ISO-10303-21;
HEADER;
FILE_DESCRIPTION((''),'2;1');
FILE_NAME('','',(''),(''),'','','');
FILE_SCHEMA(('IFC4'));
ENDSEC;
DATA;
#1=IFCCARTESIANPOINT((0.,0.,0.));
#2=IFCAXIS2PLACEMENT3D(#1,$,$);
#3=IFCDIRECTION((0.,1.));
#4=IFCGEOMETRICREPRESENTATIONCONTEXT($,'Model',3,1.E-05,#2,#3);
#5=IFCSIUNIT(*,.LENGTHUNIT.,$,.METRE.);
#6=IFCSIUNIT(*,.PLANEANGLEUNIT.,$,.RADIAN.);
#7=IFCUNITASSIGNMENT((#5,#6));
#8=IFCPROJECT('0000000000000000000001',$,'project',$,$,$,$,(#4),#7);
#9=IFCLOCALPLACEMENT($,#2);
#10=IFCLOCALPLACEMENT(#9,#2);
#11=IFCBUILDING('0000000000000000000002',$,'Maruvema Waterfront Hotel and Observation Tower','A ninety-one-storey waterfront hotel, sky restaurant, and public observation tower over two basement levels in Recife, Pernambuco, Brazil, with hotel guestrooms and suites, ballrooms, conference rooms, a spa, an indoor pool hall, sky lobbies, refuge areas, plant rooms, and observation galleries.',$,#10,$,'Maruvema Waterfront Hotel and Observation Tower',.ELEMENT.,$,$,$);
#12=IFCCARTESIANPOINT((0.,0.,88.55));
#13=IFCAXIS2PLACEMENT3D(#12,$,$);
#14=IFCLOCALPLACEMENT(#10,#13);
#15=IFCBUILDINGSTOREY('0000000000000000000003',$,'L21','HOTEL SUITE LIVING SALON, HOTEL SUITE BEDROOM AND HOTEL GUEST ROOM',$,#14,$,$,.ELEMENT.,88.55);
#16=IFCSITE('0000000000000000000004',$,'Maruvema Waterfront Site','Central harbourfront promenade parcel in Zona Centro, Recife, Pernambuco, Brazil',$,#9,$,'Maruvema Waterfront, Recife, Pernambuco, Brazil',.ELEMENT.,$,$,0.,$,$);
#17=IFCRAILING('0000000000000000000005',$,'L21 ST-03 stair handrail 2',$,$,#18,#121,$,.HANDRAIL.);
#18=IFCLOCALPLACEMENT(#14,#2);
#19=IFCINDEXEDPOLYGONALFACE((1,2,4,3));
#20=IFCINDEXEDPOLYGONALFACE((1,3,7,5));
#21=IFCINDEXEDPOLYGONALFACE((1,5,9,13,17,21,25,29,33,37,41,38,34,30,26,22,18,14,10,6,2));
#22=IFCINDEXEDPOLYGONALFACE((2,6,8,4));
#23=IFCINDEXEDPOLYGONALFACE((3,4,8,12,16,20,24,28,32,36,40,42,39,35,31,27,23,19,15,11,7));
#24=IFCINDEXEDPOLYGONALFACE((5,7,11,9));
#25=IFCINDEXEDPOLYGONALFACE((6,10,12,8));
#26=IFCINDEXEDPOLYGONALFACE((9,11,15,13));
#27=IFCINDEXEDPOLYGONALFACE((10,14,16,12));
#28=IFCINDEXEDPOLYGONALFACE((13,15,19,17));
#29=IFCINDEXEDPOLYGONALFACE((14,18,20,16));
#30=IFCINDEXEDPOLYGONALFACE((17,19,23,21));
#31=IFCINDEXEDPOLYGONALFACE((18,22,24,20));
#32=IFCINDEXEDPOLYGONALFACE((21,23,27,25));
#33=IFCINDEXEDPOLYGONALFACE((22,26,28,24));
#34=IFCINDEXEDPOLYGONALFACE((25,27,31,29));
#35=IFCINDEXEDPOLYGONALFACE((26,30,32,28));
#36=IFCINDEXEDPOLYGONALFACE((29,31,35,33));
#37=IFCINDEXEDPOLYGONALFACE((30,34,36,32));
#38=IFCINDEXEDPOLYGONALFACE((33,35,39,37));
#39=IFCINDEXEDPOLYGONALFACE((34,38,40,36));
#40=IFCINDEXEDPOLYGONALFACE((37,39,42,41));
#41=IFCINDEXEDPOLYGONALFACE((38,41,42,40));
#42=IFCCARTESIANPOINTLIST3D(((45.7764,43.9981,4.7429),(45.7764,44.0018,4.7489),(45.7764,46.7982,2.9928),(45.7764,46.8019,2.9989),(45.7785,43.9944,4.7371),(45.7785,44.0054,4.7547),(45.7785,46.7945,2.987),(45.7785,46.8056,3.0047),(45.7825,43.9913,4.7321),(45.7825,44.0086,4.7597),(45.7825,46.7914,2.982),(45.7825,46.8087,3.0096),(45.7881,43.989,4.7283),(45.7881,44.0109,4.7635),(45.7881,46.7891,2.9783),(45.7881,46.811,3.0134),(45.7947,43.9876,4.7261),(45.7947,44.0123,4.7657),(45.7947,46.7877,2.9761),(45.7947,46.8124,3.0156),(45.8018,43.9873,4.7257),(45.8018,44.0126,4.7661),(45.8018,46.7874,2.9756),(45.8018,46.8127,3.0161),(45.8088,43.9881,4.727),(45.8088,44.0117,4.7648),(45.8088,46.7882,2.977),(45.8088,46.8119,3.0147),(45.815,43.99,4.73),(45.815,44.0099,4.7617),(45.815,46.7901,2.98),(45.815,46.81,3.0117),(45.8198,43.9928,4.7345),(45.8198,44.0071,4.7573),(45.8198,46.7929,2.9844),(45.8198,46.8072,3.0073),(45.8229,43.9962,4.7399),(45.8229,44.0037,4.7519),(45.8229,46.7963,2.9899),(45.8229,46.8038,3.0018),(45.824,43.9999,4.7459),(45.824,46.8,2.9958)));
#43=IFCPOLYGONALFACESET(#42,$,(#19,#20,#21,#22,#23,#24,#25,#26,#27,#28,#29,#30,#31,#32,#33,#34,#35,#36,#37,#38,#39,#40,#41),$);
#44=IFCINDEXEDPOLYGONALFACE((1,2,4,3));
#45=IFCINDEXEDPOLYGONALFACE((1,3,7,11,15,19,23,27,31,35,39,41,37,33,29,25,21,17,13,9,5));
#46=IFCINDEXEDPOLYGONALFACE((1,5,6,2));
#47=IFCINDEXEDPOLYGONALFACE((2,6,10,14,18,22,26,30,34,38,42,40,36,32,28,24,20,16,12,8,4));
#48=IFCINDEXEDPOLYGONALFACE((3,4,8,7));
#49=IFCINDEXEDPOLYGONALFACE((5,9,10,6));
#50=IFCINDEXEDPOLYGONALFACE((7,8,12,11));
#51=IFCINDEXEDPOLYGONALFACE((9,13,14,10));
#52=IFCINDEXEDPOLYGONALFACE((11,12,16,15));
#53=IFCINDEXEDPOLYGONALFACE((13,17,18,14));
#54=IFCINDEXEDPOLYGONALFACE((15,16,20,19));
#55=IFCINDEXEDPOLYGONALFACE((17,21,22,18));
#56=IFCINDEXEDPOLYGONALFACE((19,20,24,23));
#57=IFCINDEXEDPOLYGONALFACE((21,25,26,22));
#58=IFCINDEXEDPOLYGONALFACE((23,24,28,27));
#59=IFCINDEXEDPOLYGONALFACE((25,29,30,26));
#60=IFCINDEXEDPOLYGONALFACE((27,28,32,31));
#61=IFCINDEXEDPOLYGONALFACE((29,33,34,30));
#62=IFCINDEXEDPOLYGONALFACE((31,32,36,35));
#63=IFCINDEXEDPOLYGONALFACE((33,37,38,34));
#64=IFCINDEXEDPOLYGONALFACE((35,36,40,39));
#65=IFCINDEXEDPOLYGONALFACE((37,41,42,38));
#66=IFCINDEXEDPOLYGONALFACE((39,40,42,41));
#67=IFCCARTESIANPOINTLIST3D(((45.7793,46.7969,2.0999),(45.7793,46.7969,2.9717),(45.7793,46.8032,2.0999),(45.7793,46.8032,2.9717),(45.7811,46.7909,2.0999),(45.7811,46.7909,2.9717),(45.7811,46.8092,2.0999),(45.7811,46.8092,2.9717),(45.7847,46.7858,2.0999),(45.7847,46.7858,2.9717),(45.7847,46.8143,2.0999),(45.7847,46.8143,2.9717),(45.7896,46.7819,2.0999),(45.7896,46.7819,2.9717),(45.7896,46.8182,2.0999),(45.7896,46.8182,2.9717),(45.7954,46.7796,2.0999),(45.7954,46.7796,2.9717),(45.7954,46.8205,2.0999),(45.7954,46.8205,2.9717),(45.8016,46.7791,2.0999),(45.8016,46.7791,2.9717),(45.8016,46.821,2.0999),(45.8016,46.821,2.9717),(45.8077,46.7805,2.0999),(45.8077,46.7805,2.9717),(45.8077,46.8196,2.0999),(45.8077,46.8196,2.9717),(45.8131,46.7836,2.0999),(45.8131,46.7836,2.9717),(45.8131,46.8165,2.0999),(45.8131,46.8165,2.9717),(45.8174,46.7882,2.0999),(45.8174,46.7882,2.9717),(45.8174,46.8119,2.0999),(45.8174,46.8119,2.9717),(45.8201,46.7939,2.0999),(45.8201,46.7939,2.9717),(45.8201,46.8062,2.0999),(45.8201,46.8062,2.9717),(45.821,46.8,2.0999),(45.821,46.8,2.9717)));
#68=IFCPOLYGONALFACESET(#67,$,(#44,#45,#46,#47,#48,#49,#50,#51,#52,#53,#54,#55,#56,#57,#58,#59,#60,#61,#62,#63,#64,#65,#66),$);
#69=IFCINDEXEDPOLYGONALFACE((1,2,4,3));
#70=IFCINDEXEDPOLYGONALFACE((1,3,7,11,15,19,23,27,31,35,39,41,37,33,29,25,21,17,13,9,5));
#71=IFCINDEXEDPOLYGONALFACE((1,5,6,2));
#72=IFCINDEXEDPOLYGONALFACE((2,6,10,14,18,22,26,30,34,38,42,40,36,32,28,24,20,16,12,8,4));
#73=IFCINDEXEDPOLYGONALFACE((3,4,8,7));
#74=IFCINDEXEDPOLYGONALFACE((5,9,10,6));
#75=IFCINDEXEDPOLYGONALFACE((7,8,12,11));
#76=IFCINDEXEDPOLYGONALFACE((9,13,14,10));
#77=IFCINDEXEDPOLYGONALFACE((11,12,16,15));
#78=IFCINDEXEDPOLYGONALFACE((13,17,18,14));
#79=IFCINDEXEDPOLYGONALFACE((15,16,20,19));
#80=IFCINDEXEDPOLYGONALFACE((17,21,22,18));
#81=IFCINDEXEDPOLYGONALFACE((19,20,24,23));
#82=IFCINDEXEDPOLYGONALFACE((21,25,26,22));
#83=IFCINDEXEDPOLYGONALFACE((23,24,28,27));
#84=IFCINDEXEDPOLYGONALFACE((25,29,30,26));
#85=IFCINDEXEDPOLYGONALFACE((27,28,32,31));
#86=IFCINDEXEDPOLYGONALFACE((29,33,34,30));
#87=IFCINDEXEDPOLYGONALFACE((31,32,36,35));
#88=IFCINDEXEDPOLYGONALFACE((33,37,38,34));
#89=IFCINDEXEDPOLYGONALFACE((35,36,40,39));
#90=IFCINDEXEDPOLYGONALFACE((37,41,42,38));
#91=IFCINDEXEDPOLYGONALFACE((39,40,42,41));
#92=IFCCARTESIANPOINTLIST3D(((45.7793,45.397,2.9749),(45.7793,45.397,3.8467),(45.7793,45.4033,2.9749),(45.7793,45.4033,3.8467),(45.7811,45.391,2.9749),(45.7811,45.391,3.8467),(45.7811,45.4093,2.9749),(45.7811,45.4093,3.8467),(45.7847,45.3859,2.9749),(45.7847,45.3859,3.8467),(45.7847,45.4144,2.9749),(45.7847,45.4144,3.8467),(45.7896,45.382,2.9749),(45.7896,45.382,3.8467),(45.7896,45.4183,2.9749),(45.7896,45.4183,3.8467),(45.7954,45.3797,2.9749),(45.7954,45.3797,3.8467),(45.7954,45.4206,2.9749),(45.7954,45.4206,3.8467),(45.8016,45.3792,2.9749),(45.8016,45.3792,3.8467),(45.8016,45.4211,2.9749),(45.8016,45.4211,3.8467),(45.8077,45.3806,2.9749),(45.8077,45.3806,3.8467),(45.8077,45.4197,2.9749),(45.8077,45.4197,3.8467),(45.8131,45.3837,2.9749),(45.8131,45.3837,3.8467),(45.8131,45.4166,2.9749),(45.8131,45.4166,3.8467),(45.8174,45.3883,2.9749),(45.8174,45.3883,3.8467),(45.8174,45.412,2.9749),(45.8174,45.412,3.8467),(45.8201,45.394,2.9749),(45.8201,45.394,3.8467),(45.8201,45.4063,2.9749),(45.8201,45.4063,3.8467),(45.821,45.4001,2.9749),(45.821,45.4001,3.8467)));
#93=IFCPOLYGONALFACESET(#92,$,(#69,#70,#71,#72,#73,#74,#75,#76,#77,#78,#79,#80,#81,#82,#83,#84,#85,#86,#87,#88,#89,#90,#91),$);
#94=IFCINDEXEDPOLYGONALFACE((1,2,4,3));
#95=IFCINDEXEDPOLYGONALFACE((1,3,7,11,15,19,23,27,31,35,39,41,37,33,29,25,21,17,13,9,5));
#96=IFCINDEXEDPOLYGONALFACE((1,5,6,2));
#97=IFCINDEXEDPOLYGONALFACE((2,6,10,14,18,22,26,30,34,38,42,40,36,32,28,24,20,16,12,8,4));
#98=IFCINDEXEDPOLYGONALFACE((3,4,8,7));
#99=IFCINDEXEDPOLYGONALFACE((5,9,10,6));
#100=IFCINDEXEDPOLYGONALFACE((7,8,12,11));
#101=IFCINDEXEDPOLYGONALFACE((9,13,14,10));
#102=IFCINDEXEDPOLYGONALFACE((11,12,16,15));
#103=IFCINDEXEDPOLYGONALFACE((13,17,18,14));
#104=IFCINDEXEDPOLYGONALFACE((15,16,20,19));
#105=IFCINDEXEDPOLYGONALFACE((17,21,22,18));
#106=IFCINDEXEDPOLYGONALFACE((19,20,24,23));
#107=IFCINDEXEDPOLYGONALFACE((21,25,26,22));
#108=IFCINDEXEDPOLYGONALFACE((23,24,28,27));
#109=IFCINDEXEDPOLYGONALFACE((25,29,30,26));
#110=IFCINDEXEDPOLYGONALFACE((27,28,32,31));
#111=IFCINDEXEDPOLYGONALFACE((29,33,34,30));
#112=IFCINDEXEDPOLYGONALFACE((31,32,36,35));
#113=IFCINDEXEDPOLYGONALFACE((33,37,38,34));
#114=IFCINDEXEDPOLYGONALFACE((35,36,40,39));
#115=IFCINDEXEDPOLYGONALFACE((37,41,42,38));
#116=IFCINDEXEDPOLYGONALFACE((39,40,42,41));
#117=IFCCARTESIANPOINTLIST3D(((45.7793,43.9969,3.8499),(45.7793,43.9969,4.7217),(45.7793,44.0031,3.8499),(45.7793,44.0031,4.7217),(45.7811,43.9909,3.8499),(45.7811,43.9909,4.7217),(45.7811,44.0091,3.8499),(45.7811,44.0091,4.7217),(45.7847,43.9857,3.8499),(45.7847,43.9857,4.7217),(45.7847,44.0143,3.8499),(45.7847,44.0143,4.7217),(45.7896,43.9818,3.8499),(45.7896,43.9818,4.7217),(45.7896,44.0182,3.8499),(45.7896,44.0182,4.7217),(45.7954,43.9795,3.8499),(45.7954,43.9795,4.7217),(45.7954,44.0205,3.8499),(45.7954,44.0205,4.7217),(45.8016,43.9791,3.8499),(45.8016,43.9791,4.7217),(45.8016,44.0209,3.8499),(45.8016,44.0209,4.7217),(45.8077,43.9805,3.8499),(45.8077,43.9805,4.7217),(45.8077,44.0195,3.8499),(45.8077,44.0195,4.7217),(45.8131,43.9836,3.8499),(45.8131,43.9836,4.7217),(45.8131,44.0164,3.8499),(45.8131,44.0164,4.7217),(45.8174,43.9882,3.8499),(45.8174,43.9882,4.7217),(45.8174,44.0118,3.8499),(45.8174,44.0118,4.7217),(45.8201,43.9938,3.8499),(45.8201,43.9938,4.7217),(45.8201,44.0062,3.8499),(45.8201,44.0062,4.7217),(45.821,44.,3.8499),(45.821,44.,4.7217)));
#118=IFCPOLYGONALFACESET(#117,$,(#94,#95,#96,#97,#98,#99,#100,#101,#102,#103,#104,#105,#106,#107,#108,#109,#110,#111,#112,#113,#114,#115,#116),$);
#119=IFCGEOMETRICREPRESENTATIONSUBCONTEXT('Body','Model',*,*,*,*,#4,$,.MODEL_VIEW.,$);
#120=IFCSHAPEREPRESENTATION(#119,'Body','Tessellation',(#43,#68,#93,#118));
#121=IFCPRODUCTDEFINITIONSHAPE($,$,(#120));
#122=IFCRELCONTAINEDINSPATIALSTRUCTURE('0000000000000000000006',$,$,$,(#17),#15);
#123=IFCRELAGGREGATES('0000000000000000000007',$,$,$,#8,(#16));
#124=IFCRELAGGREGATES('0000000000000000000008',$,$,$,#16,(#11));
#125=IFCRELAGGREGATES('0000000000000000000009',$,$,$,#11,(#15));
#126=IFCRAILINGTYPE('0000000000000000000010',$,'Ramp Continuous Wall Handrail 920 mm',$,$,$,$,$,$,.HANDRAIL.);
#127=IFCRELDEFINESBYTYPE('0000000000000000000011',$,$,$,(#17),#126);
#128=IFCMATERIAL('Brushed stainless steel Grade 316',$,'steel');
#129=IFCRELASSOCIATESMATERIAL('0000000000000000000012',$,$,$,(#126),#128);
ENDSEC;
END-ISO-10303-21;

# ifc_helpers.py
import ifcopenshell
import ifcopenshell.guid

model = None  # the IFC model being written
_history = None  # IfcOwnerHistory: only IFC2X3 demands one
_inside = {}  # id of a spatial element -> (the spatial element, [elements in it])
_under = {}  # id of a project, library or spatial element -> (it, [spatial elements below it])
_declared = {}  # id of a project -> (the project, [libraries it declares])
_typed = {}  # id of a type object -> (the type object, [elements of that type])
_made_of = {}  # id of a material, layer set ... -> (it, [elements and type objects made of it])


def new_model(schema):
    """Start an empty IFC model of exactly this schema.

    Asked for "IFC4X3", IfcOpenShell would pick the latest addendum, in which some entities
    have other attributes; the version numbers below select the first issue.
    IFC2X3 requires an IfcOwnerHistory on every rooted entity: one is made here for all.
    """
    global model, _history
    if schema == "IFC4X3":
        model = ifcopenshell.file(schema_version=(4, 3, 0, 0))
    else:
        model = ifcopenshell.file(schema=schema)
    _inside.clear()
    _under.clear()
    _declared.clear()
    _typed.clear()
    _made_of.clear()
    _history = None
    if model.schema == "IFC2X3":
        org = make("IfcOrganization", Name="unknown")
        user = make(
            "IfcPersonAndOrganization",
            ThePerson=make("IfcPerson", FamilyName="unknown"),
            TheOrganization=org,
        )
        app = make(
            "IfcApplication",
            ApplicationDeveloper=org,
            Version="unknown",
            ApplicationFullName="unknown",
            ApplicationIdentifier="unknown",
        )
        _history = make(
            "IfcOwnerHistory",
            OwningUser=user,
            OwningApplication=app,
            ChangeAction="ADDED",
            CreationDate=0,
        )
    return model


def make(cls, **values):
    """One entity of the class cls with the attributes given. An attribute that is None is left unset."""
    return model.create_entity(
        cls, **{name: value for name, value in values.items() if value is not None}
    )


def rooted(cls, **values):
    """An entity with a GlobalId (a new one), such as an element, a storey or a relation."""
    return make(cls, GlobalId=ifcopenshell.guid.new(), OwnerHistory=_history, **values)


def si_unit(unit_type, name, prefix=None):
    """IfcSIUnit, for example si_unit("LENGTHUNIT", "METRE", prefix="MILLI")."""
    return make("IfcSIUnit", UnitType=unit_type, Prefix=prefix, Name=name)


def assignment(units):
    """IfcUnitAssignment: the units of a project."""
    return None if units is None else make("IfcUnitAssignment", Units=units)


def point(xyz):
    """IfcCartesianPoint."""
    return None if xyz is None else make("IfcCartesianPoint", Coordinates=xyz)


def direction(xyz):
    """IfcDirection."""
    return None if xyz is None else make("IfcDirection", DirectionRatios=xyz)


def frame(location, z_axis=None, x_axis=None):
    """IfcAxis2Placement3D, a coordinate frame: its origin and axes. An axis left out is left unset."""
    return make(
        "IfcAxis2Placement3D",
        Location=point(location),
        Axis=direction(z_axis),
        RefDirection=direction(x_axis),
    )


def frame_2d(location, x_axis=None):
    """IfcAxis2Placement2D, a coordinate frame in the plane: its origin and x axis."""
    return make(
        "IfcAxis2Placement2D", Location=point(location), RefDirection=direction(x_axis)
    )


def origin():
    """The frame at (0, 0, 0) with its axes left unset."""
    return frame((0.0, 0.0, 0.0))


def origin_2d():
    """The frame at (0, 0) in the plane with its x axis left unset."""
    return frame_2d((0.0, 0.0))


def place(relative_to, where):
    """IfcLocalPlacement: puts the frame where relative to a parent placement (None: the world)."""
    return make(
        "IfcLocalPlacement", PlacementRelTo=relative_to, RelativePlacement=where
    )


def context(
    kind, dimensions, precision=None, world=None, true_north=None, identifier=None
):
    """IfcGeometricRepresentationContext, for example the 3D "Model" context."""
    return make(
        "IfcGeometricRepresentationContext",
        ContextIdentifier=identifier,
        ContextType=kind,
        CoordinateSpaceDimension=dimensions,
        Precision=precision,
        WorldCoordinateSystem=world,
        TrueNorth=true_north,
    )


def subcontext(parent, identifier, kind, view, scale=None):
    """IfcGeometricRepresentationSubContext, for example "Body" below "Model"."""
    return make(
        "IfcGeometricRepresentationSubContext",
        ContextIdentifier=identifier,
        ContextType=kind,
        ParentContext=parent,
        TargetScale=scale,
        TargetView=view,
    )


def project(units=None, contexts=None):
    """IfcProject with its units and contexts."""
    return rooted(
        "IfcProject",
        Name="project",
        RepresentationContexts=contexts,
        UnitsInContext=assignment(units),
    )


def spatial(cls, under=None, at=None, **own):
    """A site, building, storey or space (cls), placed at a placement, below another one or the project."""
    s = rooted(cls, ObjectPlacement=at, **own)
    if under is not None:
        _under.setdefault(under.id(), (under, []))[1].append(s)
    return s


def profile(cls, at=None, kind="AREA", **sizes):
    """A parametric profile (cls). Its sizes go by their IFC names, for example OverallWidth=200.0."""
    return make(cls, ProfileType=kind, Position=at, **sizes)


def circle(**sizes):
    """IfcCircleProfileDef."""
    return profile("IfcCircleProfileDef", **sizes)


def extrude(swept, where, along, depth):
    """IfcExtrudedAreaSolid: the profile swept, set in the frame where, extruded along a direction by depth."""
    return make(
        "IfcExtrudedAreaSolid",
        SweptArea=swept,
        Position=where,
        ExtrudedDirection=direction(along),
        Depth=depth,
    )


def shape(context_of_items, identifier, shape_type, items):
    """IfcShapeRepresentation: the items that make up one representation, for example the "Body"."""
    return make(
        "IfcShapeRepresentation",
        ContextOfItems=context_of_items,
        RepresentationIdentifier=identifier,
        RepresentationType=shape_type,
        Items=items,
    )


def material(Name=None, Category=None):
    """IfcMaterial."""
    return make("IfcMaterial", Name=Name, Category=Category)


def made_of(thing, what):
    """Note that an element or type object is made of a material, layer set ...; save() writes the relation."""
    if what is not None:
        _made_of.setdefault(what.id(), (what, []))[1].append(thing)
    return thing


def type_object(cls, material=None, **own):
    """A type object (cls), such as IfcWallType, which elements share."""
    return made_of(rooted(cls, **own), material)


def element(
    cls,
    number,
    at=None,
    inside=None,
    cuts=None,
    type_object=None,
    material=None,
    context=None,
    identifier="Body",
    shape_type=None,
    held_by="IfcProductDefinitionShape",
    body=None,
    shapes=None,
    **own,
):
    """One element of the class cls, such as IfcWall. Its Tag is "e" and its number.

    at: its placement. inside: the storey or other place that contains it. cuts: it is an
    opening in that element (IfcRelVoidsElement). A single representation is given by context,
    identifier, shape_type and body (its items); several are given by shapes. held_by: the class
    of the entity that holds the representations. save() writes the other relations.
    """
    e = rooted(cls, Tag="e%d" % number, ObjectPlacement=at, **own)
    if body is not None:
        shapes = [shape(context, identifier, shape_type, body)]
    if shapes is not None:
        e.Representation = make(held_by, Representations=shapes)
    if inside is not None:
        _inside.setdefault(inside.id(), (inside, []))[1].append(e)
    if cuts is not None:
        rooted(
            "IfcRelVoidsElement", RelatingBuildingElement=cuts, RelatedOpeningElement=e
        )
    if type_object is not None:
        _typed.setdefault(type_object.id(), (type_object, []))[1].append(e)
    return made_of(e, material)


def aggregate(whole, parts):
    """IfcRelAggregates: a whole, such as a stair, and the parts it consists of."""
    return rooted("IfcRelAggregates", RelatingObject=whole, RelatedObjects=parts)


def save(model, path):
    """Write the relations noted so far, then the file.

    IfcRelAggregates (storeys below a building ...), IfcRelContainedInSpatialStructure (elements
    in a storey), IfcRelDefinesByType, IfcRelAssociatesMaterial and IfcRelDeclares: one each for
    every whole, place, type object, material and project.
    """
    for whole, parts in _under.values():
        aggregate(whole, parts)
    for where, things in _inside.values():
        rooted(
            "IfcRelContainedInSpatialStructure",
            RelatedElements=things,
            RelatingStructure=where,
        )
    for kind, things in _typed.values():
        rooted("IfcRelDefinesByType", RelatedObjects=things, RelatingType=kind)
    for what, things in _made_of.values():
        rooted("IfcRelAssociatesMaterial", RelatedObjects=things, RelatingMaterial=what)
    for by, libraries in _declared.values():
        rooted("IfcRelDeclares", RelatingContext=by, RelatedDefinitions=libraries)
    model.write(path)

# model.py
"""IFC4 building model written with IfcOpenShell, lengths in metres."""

from ifc_helpers import new_model, si_unit, direction, frame, origin, origin_2d, place, context, subcontext, project, spatial, circle, extrude, material, type_object, element, save


model = new_model("IFC4")

# Units and contexts
model_context = context("Model", 3, precision=1e-05, world=origin(), true_north=direction((0.0, 1.0)))
body_context = subcontext(model_context, "Body", "Model", "MODEL_VIEW")
ifc_project = project(units=[si_unit("LENGTHUNIT", "METRE"), si_unit("PLANEANGLEUNIT", "RADIAN")], contexts=[model_context])

# Site, building, storey
site_placement = place(None, origin())
site = spatial("IfcSite", under=ifc_project, at=site_placement, Name="Maruvema Waterfront Site", Description="Central harbourfront promenade parcel in Zona Centro, Recife, Pernambuco, Brazil", LongName="Maruvema Waterfront, Recife, Pernambuco, Brazil", CompositionType="ELEMENT", RefElevation=0.0)
building_placement = place(site_placement, origin())
building = spatial("IfcBuilding", under=site, at=building_placement, Name="Maruvema Waterfront Hotel and Observation Tower", Description="A ninety-one-storey waterfront hotel, sky restaurant, and public observation tower over two basement levels in Recife, Pernambuco, Brazil, with hotel guestrooms and suites, ballrooms, conference rooms, a spa, an indoor pool hall, sky lobbies, refuge areas, plant rooms, and observation galleries.", LongName="Maruvema Waterfront Hotel and Observation Tower", CompositionType="ELEMENT")
storey_placement = place(building_placement, frame((0.0, 0.0, 88.55)))
storey = spatial("IfcBuildingStorey", under=building, at=storey_placement, Name="L21", Description="HOTEL SUITE LIVING SALON, HOTEL SUITE BEDROOM AND HOTEL GUEST ROOM", CompositionType="ELEMENT", Elevation=88.55)

# Railing
ifc_material_1 = material(Name="Brushed stainless steel Grade 316", Category="steel")
railing_type_1 = type_object("IfcRailingType", Name="Ramp Continuous Wall Handrail 920 mm", PredefinedType="HANDRAIL", material=ifc_material_1)
railing_1_placement = place(storey_placement, frame((45.8, 46.8, 2.0999)))
element("IfcRailing", 1, at=railing_1_placement, inside=storey, type_object=railing_type_1, Name="L21 ST-03 stair handrail 2", PredefinedType="HANDRAIL", context=body_context, shape_type="SweptSolid", body=[
    extrude(circle(Radius=0.0239, at=origin_2d()), frame((0.0, 0.0, 0.896), z_axis=(0.0, -0.848002, 0.529992), x_axis=(1.0, 0.0, 0.0)), (0.0, 0.0, 1.0), 3.302),
    extrude(circle(Radius=0.021, at=origin_2d()), origin(), (0.0, 0.0, 1.0), 0.8718),
    extrude(circle(Radius=0.021, at=origin_2d()), frame((0.0, -1.3999, 0.875)), (0.0, 0.0, 1.0), 0.8718),
    extrude(circle(Radius=0.021, at=origin_2d()), frame((0.0, -2.8, 1.75)), (0.0, 0.0, 1.0), 0.8718),
])

save(model, "model.ifc")
